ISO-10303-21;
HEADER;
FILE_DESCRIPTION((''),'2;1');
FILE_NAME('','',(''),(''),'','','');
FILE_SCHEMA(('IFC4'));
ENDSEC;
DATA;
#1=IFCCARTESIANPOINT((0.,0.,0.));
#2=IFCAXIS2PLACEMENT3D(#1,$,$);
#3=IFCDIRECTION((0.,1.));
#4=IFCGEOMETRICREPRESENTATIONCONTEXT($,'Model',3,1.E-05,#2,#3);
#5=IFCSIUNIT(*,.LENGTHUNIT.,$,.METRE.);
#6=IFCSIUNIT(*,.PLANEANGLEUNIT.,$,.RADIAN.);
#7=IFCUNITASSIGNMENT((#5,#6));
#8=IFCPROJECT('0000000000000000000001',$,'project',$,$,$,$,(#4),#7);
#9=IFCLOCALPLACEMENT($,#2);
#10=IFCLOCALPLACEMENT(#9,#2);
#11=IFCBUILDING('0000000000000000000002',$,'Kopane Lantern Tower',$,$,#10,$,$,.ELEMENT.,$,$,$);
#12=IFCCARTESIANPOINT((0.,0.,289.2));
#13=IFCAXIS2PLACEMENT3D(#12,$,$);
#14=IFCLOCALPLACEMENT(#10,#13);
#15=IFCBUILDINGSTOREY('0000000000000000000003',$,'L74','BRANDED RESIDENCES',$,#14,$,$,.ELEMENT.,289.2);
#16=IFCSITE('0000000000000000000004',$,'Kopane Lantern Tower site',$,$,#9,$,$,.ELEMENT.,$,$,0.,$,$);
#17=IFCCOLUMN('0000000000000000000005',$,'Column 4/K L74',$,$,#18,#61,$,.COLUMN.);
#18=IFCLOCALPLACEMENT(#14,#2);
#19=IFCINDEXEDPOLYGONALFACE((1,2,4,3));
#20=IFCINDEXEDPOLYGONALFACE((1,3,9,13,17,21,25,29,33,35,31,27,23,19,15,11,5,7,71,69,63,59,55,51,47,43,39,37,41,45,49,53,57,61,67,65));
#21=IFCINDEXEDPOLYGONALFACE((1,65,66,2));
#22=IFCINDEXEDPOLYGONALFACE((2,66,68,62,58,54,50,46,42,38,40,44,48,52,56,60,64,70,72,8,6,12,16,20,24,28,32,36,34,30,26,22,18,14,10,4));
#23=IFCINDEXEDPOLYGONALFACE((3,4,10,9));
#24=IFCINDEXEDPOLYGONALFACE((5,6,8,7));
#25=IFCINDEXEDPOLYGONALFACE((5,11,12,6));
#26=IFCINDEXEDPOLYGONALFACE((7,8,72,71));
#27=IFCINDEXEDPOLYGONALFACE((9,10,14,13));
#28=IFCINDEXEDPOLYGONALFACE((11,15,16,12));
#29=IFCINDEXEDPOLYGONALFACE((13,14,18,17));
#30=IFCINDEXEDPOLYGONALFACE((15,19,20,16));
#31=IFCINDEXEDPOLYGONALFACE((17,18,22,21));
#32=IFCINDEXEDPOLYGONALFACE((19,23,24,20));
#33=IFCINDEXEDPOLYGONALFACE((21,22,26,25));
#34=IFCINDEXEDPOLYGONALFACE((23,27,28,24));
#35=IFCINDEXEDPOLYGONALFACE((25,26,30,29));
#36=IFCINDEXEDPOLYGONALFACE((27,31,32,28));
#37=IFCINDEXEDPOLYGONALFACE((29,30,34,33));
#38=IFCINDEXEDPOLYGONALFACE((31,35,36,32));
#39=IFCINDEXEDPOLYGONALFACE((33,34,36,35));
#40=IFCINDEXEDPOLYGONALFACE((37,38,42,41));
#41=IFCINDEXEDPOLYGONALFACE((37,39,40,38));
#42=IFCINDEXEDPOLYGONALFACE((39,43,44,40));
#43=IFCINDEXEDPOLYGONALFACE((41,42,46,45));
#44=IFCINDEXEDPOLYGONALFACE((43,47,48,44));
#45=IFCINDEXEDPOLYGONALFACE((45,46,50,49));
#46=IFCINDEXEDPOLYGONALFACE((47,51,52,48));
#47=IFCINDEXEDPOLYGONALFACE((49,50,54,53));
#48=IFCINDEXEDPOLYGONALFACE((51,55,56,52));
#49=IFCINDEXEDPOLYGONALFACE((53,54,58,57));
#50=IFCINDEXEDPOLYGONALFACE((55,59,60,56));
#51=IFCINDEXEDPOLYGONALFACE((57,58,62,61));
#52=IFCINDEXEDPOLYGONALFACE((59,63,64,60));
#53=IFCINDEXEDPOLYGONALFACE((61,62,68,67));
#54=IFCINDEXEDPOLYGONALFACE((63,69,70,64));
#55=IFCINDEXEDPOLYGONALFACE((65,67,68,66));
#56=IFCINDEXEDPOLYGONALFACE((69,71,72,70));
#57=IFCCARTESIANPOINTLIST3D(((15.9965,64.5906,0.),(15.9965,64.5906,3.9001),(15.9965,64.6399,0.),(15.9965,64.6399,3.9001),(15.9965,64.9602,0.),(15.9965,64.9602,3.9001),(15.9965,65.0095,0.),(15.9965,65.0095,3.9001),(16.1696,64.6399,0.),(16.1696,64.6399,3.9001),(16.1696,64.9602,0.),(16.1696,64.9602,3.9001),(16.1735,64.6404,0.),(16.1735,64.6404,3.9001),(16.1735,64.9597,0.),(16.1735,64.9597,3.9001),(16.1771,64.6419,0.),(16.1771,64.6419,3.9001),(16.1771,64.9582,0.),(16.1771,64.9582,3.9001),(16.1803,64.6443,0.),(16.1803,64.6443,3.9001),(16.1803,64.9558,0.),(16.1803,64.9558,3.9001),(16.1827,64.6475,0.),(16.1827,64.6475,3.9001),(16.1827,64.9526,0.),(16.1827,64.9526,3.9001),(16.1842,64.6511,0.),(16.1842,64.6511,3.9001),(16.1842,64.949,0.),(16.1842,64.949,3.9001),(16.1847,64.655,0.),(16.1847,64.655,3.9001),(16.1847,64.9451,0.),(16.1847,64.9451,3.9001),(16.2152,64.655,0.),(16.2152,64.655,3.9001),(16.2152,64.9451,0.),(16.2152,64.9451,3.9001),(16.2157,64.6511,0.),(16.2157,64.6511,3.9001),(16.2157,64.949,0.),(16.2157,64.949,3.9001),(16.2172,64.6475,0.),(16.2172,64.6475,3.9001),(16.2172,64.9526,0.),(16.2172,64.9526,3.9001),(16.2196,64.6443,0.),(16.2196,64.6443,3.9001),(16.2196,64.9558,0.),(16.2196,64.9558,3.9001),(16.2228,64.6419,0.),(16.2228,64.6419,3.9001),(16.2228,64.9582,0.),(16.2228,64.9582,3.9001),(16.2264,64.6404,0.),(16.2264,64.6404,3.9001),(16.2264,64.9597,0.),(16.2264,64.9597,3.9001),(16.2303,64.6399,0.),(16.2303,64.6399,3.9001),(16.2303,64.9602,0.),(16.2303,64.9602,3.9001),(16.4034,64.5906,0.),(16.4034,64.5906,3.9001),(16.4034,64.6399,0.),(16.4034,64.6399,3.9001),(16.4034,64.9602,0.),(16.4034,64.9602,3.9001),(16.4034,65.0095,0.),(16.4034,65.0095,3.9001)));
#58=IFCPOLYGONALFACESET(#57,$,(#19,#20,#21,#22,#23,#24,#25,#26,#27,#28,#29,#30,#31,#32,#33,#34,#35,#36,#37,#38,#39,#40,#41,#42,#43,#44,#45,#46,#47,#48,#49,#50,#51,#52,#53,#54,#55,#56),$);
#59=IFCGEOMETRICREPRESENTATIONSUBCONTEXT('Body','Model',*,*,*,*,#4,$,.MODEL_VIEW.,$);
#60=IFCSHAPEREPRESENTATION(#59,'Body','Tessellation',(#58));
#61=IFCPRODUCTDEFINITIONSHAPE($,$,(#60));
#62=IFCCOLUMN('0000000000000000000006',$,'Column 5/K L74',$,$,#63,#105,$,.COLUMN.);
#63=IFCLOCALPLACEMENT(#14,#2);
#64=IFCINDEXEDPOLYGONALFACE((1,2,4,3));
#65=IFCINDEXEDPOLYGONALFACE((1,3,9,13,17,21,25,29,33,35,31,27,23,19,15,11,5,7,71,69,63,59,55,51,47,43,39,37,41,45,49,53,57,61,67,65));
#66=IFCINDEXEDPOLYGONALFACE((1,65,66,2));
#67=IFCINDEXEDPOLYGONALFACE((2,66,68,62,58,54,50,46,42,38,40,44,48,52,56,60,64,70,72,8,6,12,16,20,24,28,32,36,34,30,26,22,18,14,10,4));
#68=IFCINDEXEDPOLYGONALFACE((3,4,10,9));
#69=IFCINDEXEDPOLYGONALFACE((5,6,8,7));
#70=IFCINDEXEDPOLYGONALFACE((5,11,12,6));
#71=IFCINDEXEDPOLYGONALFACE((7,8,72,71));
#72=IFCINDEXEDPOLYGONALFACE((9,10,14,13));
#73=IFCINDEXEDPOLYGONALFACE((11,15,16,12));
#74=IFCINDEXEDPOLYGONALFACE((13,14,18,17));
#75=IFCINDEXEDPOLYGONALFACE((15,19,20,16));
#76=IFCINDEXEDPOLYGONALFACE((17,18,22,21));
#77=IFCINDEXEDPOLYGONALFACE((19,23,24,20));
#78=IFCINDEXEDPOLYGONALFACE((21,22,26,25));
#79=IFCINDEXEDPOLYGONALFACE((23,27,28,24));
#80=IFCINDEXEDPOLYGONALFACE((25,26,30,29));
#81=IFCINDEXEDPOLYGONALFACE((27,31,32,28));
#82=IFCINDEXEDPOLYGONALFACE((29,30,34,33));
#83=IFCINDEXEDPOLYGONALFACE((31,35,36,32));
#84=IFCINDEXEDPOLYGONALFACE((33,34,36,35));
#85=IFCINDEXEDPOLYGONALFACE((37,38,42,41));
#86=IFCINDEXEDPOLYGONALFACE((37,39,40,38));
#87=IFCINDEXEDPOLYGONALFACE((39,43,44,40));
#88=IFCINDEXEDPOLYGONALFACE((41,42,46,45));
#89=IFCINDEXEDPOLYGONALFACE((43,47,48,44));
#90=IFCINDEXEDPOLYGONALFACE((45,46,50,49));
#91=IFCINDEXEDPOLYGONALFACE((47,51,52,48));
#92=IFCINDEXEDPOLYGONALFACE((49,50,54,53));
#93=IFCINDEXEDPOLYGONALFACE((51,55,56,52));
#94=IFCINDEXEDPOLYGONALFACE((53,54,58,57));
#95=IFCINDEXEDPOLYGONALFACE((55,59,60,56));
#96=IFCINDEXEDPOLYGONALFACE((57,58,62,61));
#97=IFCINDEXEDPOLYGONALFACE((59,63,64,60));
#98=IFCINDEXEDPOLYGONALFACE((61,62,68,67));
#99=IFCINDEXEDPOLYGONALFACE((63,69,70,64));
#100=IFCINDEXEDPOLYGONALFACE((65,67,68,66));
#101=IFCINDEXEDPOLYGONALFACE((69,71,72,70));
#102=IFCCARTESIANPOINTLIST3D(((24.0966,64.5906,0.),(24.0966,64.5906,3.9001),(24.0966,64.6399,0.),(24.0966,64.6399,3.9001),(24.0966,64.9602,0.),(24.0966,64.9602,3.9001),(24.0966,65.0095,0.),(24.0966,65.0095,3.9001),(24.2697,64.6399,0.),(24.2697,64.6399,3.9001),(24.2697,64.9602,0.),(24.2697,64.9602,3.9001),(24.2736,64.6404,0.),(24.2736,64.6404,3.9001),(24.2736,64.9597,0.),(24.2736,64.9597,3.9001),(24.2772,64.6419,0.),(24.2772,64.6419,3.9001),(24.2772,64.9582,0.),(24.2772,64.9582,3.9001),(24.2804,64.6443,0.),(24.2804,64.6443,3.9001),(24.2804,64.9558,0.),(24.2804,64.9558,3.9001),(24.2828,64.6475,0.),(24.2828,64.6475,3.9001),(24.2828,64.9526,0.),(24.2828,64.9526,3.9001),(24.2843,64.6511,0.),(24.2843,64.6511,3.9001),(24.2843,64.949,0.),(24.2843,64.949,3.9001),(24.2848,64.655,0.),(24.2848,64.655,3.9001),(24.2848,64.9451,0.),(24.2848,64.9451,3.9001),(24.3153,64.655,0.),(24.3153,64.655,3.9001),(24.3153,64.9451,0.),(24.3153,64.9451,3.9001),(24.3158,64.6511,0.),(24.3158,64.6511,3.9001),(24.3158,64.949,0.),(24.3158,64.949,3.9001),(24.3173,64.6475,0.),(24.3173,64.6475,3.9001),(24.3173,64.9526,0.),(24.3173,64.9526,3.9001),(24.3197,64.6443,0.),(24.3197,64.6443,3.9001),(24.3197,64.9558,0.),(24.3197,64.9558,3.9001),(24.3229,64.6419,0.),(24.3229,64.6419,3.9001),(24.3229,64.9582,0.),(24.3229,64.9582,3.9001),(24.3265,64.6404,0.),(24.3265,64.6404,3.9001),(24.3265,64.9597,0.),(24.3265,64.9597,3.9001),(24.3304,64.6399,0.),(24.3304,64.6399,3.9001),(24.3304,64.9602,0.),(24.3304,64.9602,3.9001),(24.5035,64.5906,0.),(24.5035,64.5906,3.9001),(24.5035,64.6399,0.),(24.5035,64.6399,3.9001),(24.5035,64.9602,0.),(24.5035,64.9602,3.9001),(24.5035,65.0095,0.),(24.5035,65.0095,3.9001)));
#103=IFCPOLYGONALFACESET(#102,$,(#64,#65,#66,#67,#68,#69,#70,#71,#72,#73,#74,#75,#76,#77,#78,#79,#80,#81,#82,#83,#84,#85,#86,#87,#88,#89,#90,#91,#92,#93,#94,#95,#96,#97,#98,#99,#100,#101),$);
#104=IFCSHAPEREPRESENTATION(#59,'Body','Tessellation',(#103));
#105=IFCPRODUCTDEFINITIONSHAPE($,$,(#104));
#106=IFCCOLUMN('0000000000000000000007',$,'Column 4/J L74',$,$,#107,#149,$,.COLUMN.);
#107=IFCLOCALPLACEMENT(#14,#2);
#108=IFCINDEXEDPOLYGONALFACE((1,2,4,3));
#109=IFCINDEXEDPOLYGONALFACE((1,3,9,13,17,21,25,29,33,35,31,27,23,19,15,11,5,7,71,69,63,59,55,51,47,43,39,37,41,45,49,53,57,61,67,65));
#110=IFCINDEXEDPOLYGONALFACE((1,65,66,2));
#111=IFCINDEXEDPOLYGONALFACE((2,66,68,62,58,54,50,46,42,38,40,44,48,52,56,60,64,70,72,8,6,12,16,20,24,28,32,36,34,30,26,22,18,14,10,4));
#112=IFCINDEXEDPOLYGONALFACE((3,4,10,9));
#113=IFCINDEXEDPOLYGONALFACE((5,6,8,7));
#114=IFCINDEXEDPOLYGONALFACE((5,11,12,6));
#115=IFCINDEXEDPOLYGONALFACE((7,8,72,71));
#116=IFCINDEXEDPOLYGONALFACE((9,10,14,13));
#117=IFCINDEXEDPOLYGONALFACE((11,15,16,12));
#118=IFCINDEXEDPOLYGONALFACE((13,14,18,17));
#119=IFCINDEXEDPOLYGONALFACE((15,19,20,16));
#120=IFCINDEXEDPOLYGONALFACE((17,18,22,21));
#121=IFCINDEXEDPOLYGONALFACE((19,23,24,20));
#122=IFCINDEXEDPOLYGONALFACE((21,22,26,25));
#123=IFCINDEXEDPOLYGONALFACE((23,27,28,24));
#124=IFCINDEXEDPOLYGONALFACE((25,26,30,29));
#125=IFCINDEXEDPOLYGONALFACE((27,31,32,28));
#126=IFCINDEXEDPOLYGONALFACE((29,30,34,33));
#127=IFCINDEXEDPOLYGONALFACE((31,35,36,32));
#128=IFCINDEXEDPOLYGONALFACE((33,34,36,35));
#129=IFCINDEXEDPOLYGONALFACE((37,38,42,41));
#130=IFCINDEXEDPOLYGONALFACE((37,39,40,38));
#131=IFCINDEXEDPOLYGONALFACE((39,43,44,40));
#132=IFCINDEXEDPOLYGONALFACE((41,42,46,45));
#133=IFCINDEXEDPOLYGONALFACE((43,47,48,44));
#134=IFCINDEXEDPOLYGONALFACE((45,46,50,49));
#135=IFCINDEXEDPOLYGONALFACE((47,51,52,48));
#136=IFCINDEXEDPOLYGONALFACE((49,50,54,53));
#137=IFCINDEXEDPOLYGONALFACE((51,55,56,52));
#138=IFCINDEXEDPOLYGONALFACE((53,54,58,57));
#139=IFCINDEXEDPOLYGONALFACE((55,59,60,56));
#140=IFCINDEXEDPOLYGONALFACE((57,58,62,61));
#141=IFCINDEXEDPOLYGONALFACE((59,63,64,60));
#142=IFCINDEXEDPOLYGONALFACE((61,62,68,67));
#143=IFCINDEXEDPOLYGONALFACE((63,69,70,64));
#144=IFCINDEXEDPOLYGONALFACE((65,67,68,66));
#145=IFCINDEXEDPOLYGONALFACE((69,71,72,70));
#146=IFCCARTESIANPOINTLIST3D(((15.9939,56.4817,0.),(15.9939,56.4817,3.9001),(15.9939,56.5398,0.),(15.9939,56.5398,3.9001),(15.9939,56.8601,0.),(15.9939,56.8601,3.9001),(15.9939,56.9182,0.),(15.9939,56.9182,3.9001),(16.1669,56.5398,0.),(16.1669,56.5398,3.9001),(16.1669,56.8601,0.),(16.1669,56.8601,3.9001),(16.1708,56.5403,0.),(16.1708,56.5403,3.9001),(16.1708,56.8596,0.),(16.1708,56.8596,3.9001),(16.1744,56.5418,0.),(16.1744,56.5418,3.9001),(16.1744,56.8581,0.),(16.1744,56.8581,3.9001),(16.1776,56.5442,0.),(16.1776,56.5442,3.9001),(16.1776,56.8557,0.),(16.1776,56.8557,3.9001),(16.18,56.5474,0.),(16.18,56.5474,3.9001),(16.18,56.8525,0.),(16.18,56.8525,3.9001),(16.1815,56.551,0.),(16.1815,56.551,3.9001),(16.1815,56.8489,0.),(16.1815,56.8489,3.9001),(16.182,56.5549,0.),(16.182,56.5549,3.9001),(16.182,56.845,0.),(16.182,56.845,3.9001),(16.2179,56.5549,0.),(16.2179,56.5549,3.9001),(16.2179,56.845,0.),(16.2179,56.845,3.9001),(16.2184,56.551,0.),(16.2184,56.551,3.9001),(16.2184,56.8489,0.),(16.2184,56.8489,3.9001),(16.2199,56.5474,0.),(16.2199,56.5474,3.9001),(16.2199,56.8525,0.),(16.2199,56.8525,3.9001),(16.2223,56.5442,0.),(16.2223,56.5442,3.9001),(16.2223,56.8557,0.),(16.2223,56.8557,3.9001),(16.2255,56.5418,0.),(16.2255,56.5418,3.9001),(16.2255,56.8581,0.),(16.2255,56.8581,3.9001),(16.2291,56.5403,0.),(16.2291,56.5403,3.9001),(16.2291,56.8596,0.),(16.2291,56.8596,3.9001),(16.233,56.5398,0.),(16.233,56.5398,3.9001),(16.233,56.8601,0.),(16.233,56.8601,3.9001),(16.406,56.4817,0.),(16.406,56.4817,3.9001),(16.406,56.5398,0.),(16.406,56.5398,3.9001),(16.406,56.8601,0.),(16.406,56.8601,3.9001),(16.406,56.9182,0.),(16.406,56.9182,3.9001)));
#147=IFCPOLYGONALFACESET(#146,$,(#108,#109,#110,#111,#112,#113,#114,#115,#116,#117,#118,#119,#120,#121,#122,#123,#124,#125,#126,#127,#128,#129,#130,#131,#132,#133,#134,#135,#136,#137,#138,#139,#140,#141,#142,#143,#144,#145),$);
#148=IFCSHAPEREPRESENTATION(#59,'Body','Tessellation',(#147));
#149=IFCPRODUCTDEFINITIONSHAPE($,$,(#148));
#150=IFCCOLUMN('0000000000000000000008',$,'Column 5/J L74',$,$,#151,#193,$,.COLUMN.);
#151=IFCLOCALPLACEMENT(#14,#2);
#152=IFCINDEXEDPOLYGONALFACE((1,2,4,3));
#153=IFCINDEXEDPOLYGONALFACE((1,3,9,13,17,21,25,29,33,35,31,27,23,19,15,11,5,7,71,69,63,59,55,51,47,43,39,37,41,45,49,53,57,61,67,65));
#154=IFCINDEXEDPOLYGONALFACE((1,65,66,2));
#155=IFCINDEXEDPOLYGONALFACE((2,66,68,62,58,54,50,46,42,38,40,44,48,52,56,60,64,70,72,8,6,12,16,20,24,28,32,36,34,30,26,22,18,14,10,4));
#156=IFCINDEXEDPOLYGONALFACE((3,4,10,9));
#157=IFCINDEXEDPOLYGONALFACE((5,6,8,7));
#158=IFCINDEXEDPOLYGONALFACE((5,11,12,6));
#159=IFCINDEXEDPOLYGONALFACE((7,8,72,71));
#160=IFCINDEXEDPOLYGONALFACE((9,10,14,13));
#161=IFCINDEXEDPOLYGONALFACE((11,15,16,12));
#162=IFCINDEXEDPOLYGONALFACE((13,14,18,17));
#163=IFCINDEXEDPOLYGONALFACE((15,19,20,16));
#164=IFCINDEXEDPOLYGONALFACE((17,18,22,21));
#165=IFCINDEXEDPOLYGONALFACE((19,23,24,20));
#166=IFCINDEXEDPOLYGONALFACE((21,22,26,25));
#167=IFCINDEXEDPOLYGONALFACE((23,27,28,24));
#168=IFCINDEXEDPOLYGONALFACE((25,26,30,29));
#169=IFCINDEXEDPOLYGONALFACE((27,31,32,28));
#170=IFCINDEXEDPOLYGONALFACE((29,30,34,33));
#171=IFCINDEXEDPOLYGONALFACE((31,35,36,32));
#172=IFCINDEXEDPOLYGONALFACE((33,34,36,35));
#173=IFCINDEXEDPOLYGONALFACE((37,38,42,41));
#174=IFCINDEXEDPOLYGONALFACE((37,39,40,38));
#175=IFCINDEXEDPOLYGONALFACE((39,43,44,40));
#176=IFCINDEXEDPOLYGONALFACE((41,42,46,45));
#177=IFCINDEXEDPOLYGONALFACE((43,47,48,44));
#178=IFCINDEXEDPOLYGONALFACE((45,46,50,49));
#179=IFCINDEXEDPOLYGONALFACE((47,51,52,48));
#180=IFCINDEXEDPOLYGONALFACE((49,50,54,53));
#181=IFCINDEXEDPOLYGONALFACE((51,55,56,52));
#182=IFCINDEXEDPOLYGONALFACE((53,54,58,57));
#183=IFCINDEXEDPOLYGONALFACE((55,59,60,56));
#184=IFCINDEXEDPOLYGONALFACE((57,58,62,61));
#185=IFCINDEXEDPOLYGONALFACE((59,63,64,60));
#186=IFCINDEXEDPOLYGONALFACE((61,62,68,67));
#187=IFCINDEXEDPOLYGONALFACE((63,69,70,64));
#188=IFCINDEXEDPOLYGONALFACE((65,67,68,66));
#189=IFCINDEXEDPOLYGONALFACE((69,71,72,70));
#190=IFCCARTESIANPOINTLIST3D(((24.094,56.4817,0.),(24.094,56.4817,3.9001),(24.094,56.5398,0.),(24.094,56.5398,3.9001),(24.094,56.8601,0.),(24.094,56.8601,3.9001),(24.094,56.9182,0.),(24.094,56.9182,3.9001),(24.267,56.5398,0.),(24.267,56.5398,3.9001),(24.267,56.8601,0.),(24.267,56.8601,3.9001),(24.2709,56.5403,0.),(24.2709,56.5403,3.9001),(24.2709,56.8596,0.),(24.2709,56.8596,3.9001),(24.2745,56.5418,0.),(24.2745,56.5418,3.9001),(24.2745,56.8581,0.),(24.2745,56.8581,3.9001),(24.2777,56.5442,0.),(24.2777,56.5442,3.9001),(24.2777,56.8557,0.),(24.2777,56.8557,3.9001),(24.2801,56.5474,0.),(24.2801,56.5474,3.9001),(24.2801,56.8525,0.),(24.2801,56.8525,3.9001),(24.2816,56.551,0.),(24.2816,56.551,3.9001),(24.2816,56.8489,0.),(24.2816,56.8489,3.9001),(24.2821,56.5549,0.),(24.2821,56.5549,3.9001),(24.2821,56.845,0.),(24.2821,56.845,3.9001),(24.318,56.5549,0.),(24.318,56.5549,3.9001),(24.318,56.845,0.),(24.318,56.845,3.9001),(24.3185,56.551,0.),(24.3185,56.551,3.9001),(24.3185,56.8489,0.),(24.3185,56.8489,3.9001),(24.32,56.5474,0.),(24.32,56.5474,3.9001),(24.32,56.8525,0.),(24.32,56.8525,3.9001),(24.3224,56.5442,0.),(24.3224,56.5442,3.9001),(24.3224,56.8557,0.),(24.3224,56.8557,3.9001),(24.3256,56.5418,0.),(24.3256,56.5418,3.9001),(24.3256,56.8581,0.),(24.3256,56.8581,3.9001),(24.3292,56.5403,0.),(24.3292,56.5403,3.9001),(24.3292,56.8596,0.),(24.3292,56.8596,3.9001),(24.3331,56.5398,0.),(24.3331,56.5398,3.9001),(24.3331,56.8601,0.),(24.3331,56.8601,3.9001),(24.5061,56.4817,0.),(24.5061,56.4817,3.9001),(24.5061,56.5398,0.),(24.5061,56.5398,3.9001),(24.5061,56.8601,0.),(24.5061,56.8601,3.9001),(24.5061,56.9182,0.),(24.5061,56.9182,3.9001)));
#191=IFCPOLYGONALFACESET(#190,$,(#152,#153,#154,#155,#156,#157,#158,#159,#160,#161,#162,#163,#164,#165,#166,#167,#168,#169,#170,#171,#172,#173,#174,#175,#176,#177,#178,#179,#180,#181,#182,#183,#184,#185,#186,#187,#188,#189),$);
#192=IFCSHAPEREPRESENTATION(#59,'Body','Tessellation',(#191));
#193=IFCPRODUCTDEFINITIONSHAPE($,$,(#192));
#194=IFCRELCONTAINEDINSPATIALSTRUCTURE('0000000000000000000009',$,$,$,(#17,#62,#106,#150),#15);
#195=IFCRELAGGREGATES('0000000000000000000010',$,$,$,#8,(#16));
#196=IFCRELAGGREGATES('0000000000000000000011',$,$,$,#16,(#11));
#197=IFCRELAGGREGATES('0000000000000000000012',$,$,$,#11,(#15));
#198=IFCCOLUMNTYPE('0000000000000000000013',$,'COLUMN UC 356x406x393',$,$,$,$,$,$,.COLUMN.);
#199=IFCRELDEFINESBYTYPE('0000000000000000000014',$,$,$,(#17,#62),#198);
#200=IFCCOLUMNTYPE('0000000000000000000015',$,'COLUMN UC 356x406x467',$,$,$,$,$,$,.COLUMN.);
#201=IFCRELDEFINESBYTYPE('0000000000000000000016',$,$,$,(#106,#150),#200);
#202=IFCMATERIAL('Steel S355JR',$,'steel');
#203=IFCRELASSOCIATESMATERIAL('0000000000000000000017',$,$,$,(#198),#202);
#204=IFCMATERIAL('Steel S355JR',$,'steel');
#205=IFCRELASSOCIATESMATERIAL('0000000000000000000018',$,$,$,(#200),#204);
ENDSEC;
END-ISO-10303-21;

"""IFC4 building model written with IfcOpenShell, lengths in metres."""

from ifc_helpers import new_model, si_unit, direction, frame, origin, origin_2d, place, context, subcontext, project, spatial, i_section, extrude, material, material_profile, profile_set, type_object, element, save


model = new_model("IFC4")

# Units and contexts
model_context = context("Model", 3, precision=1e-05, world=origin(), true_north=direction((0.0, 1.0)))
body_context = subcontext(model_context, "Body", "Model", "MODEL_VIEW")
ifc_project = project(units=[si_unit("LENGTHUNIT", "METRE"), si_unit("PLANEANGLEUNIT", "RADIAN")], contexts=[model_context])

# Site, building, storey
site_placement = place(None, origin())
site = spatial("IfcSite", under=ifc_project, at=site_placement, Name="Kopane Lantern Tower site", CompositionType="ELEMENT", RefElevation=0.0)
building_placement = place(site_placement, origin())
building = spatial("IfcBuilding", under=site, at=building_placement, Name="Kopane Lantern Tower", CompositionType="ELEMENT")
storey_placement = place(building_placement, frame((0.0, 0.0, 289.2)))
storey = spatial("IfcBuildingStorey", under=building, at=storey_placement, Name="L74", Description="BRANDED RESIDENCES", CompositionType="ELEMENT", Elevation=289.2)

# Columns
ifc_material_1 = material(Name="Steel S355JR", Category="steel")
ifc_material_profile_1 = material_profile(ifc_material_1, i_section(OverallWidth=0.407, OverallDepth=0.4189, WebThickness=0.0305, FlangeThickness=0.0493, FilletRadius=0.0151, at=origin_2d()), Name="UC 356x406x393")
ifc_profile_set_1 = profile_set([ifc_material_profile_1], Name="Steel S355JR")
column_type_1 = type_object("IfcColumnType", Name="COLUMN UC 356x406x393", PredefinedType="COLUMN", material=ifc_profile_set_1)
for number, where, z_axis, x_axis, name in (
    (1, (16.2, 64.8, 0.0), (0.0, 0.0, 1.0), (1.0, 0.0, 0.0), "Column 4/K L74"),
    (2, (24.3, 64.8, 0.0), (0.0, 0.0, 1.0), (1.0, 0.0, 0.0), "Column 5/K L74"),
):
    element("IfcColumn", number, at=place(storey_placement, frame(where, z_axis=z_axis, x_axis=x_axis)), inside=storey, type_object=column_type_1, Name=name, PredefinedType="COLUMN", context=body_context, shape_type="SweptSolid", body=[
        extrude(i_section(OverallWidth=0.407, OverallDepth=0.4189, WebThickness=0.0305, FlangeThickness=0.0493, FilletRadius=0.0151, at=origin_2d()), origin(), (0.0, 0.0, 1.0), 3.9001),
    ])
ifc_material_2 = material(Name="Steel S355JR", Category="steel")
ifc_material_profile_2 = material_profile(ifc_material_2, i_section(OverallWidth=0.4121, OverallDepth=0.4365, WebThickness=0.0359, FlangeThickness=0.0581, FilletRadius=0.0151, at=origin_2d()), Name="UC 356x406x467")
ifc_profile_set_2 = profile_set([ifc_material_profile_2], Name="Steel S355JR")
column_type_2 = type_object("IfcColumnType", Name="COLUMN UC 356x406x467", PredefinedType="COLUMN", material=ifc_profile_set_2)
for number, where, z_axis, x_axis, name in (
    (3, (16.2, 56.7, 0.0), (0.0, 0.0, 1.0), (1.0, 0.0, 0.0), "Column 4/J L74"),
    (4, (24.3, 56.7, 0.0), (0.0, 0.0, 1.0), (1.0, 0.0, 0.0), "Column 5/J L74"),
):
    element("IfcColumn", number, at=place(storey_placement, frame(where, z_axis=z_axis, x_axis=x_axis)), inside=storey, type_object=column_type_2, Name=name, PredefinedType="COLUMN", context=body_context, shape_type="SweptSolid", body=[
        extrude(i_section(OverallWidth=0.4121, OverallDepth=0.4365, WebThickness=0.0359, FlangeThickness=0.0581, FilletRadius=0.0151, at=origin_2d()), origin(), (0.0, 0.0, 1.0), 3.9001),
    ])

save(model, "model.ifc")
